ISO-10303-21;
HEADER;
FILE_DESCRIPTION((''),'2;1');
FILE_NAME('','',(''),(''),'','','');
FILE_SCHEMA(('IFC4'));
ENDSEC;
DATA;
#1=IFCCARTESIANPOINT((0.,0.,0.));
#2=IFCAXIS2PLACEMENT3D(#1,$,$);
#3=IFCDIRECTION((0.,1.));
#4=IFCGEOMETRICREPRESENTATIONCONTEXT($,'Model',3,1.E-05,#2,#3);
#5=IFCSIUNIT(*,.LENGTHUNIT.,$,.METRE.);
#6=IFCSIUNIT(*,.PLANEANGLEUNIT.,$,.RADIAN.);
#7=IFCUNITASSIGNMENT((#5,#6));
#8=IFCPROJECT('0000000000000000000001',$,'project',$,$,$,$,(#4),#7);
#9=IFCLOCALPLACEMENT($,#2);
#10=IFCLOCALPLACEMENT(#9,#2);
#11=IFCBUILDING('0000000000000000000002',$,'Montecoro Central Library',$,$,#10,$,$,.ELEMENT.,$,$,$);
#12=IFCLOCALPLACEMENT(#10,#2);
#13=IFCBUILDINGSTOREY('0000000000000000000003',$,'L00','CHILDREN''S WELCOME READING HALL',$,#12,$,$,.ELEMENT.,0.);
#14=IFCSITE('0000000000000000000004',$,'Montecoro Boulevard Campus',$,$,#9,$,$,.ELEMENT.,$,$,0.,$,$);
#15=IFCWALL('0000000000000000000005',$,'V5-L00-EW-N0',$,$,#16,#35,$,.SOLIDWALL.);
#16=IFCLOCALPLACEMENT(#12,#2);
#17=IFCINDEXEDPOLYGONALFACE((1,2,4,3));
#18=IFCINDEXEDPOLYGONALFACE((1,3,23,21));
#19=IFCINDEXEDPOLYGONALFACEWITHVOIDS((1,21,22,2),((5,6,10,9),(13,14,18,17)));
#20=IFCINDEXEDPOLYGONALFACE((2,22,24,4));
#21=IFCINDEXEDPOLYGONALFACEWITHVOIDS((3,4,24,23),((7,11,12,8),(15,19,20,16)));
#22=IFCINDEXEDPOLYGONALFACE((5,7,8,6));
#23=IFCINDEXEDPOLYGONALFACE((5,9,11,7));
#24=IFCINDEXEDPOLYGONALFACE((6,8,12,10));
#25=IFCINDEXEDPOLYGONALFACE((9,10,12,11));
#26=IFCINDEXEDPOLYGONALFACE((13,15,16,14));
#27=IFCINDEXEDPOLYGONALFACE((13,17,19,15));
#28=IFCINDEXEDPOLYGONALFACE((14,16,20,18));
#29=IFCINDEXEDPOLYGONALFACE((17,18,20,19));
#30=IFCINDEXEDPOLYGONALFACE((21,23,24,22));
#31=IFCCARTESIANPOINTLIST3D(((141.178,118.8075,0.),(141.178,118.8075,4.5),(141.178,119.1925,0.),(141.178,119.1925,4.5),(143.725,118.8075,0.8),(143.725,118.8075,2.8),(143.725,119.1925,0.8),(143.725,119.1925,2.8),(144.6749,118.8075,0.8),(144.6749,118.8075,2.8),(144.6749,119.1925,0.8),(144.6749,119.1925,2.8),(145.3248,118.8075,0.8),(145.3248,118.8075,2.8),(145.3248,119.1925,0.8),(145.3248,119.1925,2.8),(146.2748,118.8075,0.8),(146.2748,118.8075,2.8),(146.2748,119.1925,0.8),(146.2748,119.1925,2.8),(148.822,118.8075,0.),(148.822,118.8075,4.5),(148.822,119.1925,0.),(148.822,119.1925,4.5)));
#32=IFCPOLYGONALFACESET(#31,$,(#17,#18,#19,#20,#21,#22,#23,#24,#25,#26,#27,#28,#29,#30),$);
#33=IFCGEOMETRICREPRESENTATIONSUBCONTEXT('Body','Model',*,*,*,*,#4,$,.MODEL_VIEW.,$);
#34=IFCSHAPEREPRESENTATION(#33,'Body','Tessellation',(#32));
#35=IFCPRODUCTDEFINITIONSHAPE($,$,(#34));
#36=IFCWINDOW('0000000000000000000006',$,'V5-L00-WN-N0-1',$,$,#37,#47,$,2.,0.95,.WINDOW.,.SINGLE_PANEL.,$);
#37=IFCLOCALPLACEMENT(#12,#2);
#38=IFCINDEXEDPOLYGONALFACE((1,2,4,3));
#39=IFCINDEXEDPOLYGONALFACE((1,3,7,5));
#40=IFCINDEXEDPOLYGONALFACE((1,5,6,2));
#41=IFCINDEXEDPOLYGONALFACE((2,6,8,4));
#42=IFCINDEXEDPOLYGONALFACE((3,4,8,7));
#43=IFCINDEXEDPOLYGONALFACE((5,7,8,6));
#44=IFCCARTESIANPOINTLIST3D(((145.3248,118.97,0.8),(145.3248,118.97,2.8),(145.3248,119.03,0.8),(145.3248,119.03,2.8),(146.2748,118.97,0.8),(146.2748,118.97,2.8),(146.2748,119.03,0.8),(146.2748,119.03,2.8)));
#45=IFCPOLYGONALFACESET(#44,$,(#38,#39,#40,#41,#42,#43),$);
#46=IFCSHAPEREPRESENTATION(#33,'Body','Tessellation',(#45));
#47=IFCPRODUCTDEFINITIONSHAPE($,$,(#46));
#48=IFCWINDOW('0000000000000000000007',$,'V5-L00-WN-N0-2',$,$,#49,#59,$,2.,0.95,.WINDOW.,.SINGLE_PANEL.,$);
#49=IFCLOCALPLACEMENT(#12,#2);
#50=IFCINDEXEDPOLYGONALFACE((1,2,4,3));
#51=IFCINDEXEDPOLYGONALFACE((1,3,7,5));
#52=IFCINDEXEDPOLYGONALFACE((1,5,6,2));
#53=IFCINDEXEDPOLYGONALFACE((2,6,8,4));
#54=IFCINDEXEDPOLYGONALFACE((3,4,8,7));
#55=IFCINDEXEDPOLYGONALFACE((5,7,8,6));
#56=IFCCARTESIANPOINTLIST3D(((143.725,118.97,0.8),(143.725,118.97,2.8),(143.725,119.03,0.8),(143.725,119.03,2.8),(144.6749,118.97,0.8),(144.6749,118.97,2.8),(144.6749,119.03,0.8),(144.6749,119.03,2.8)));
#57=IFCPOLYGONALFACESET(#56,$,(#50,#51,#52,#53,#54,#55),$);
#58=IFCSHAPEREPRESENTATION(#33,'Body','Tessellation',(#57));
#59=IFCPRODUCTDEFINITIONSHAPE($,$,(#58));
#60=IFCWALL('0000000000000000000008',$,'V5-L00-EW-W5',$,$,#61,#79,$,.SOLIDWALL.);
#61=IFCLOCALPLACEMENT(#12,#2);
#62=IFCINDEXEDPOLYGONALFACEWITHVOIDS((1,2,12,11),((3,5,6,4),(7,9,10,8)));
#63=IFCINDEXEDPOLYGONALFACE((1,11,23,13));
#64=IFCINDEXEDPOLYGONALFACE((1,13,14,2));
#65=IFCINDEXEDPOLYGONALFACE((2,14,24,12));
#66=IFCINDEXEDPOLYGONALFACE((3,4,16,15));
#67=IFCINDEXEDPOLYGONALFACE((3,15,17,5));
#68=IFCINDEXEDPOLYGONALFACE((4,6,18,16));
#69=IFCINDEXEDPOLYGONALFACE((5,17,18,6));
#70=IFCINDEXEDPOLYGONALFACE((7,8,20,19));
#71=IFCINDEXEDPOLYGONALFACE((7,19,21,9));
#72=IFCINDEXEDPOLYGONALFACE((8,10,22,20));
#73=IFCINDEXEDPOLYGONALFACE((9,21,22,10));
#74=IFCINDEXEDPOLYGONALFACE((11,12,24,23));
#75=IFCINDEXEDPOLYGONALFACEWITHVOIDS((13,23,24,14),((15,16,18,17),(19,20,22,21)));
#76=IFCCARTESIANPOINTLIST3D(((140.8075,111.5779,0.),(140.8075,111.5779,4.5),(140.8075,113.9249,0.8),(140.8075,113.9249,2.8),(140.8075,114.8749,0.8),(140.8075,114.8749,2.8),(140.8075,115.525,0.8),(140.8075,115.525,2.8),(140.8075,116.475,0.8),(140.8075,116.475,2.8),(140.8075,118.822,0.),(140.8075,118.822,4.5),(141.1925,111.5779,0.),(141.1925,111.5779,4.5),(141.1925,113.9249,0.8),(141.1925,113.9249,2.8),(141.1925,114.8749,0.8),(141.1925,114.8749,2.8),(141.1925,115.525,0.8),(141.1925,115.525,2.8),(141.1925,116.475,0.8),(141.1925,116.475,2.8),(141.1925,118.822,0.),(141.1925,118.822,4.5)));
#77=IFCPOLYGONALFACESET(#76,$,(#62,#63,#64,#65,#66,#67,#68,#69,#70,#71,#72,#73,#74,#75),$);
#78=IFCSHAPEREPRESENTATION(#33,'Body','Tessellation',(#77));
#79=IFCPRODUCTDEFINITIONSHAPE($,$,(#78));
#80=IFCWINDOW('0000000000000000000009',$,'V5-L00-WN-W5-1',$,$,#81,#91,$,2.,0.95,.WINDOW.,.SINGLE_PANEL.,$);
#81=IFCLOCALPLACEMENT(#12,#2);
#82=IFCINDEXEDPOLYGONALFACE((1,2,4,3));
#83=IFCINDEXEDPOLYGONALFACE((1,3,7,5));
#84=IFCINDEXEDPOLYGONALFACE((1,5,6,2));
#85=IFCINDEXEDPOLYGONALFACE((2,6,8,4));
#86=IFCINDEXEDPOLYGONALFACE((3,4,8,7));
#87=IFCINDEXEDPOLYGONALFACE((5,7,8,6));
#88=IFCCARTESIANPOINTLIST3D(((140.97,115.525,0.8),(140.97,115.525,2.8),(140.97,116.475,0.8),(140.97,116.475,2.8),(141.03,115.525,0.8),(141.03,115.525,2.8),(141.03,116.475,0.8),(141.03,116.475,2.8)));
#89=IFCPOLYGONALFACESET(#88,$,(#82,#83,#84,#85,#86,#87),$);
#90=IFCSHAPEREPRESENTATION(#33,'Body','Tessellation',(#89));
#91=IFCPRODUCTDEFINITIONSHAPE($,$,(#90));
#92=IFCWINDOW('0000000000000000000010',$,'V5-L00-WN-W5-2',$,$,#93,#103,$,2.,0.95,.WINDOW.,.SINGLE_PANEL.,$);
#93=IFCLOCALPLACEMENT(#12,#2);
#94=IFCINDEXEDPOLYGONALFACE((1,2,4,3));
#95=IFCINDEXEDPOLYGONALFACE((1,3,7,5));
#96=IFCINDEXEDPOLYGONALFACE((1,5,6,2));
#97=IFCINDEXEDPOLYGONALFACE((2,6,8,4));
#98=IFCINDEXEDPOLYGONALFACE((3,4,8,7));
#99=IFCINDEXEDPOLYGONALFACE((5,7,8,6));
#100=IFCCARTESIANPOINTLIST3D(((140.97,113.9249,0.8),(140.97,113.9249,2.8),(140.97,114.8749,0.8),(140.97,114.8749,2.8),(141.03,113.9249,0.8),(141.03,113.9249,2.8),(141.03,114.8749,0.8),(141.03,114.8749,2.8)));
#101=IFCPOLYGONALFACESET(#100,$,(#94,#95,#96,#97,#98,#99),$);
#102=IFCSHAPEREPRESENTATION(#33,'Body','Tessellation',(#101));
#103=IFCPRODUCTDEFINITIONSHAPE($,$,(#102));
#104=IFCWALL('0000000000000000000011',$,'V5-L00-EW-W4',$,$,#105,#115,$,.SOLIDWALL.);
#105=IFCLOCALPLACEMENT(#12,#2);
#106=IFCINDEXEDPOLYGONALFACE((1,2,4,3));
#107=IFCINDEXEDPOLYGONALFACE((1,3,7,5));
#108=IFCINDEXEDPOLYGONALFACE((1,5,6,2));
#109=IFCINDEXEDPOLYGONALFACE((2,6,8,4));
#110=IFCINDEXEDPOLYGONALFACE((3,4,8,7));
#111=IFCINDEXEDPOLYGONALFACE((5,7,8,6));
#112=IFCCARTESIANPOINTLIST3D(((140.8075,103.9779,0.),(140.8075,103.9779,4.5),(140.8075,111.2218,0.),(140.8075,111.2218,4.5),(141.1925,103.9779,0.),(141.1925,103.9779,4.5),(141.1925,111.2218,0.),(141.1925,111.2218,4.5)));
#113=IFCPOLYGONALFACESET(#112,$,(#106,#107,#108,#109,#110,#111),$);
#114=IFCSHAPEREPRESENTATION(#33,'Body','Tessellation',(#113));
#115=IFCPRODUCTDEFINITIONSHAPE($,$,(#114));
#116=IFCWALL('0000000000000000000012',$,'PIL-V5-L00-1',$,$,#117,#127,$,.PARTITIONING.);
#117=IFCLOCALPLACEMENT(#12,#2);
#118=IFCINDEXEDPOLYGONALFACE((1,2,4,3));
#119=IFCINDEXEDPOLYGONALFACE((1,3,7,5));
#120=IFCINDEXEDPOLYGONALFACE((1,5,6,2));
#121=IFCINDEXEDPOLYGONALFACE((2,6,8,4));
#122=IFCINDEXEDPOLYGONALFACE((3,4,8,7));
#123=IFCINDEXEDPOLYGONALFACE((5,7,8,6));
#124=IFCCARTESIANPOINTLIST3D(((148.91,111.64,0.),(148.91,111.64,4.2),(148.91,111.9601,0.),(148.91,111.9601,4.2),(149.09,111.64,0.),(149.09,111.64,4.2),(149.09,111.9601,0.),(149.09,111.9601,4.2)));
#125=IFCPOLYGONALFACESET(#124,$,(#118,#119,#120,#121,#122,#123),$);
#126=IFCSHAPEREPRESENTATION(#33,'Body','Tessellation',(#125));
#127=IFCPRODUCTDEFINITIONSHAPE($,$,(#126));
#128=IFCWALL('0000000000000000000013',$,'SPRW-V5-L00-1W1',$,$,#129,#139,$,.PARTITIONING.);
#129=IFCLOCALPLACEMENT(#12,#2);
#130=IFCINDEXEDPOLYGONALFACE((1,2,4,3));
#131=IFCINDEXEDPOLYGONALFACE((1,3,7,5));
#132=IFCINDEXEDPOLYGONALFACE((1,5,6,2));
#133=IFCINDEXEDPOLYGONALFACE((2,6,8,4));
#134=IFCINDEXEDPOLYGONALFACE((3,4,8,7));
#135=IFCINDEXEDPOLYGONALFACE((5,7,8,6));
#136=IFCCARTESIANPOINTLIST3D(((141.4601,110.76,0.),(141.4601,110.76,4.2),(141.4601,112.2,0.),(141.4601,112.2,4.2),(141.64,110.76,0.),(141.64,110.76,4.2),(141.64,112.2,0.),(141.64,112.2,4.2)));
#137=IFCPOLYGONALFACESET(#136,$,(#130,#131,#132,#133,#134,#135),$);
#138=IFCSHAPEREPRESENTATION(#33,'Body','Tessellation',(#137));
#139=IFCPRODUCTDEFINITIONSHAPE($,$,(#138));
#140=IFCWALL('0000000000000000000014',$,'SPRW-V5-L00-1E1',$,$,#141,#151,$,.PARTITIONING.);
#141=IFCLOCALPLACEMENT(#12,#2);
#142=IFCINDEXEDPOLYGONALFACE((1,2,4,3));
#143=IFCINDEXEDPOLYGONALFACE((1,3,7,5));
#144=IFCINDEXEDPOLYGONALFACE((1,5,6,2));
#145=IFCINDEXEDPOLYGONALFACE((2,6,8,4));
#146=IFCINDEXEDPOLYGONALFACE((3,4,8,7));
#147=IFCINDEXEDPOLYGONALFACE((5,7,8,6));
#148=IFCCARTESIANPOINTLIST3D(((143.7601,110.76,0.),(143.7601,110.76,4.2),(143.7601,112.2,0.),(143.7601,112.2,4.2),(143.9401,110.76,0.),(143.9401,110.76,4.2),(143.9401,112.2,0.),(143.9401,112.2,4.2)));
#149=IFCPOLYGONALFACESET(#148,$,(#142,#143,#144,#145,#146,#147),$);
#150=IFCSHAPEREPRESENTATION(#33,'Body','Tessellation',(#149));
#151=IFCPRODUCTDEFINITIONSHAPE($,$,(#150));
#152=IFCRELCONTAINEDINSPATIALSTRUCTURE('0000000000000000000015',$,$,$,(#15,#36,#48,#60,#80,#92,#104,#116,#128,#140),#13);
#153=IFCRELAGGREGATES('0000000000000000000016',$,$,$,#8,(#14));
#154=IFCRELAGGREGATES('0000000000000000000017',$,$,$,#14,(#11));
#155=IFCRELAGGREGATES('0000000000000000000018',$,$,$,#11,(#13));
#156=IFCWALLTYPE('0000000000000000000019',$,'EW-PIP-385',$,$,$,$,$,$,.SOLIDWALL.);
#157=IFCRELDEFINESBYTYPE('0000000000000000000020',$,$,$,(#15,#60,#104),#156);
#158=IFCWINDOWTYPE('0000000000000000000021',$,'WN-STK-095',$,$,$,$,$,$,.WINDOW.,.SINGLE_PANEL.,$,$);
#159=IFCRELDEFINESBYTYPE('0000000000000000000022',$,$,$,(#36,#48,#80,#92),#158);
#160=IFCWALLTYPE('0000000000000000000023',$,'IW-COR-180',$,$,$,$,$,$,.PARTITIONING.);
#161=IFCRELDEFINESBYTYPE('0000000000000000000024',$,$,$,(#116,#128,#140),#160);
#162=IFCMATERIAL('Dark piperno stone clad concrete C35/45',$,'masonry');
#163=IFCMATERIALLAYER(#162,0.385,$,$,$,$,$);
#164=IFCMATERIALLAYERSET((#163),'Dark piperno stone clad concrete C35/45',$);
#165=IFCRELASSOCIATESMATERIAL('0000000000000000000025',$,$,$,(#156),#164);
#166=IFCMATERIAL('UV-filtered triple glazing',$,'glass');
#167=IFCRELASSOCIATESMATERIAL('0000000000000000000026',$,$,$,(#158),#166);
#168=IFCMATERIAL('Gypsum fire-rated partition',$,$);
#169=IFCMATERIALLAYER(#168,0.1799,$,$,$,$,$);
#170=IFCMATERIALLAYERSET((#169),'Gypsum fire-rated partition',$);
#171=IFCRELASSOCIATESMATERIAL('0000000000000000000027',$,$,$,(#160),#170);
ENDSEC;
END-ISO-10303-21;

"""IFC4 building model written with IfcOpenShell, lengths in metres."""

from ifc_helpers import new_model, si_unit, direction, frame, frame_2d, origin, place, context, subcontext, project, spatial, rectangle, extrude, material, layer, layer_set, type_object, element, fill, save


model = new_model("IFC4")

# Units and contexts
model_context = context("Model", 3, precision=1e-05, world=origin(), true_north=direction((0.0, 1.0)))
body_context = subcontext(model_context, "Body", "Model", "MODEL_VIEW")
ifc_project = project(units=[si_unit("LENGTHUNIT", "METRE"), si_unit("PLANEANGLEUNIT", "RADIAN")], contexts=[model_context])

# Site, building, storey
site_placement = place(None, origin())
site = spatial("IfcSite", under=ifc_project, at=site_placement, Name="Montecoro Boulevard Campus", CompositionType="ELEMENT", RefElevation=0.0)
building_placement = place(site_placement, origin())
building = spatial("IfcBuilding", under=site, at=building_placement, Name="Montecoro Central Library", CompositionType="ELEMENT")
storey_placement = place(building_placement, origin())
storey = spatial("IfcBuildingStorey", under=building, at=storey_placement, Name="L00", Description="CHILDREN'S WELCOME READING HALL", CompositionType="ELEMENT", Elevation=0.0)

# Walls, openings, windows
ifc_material_1 = material(Name="Dark piperno stone clad concrete C35/45", Category="masonry")
ifc_layer_1 = layer(ifc_material_1, 0.385)
ifc_layer_set_1 = layer_set([ifc_layer_1], Name="Dark piperno stone clad concrete C35/45")
wall_type_1 = type_object("IfcWallType", Name="EW-PIP-385", PredefinedType="SOLIDWALL", material=ifc_layer_set_1)
wall_1_placement = place(storey_placement, frame((148.822, 119.0, 0.0), z_axis=(0.0, 0.0, 1.0), x_axis=(-1.0, 0.0, 0.0)))
wall_1 = element("IfcWall", 1, at=wall_1_placement, inside=storey, type_object=wall_type_1, Name="V5-L00-EW-N0", PredefinedType="SOLIDWALL", context=body_context, shape_type="SweptSolid", body=[
    extrude(rectangle(XDim=7.644, YDim=0.385, at=frame_2d((3.822, 0.0))), origin(), (0.0, 0.0, 1.0), 4.5),
])
opening_1_placement = place(wall_1_placement, frame((2.5471, 0.0, 0.8)))
opening_1 = element("IfcOpeningElement", 2, at=opening_1_placement, cuts=wall_1, PredefinedType="OPENING", context=body_context, shape_type="SweptSolid", body=[
    extrude(rectangle(XDim=0.95, YDim=2.0, at=frame_2d((0.4751, 1.0))), frame((0.0, 0.2024, 0.0), z_axis=(0.0, -1.0, 0.0), x_axis=(1.0, 0.0, 0.0)), (0.0, 0.0, 1.0), 0.405),
])
opening_2_placement = place(wall_1_placement, frame((4.147, 0.0, 0.8)))
opening_2 = element("IfcOpeningElement", 3, at=opening_2_placement, cuts=wall_1, PredefinedType="OPENING", context=body_context, shape_type="SweptSolid", body=[
    extrude(rectangle(XDim=0.95, YDim=2.0, at=frame_2d((0.4751, 1.0))), frame((0.0, 0.2024, 0.0), z_axis=(0.0, -1.0, 0.0), x_axis=(1.0, 0.0, 0.0)), (0.0, 0.0, 1.0), 0.405),
])
ifc_material_2 = material(Name="UV-filtered triple glazing", Category="glass")
window_type = type_object("IfcWindowType", Name="WN-STK-095", PartitioningType="SINGLE_PANEL", PredefinedType="WINDOW", material=ifc_material_2)
window_1_placement = place(opening_1_placement, origin())
window_1 = element("IfcWindow", 4, at=window_1_placement, inside=storey, type_object=window_type, Name="V5-L00-WN-N0-1", OverallHeight=2.0, OverallWidth=0.95, PartitioningType="SINGLE_PANEL", PredefinedType="WINDOW", context=body_context, shape_type="SweptSolid", body=[
    extrude(rectangle(XDim=0.95, YDim=2.0, at=frame_2d((0.4751, 1.0))), frame((0.0, 0.03, 0.0), z_axis=(0.0, -1.0, 0.0), x_axis=(1.0, 0.0, 0.0)), (0.0, 0.0, 1.0), 0.0601),
])
fill(opening_1, window_1)
window_2_placement = place(opening_2_placement, origin())
window_2 = element("IfcWindow", 5, at=window_2_placement, inside=storey, type_object=window_type, Name="V5-L00-WN-N0-2", OverallHeight=2.0, OverallWidth=0.95, PartitioningType="SINGLE_PANEL", PredefinedType="WINDOW", context=body_context, shape_type="SweptSolid", body=[
    extrude(rectangle(XDim=0.95, YDim=2.0, at=frame_2d((0.4751, 1.0))), frame((0.0, 0.03, 0.0), z_axis=(0.0, -1.0, 0.0), x_axis=(1.0, 0.0, 0.0)), (0.0, 0.0, 1.0), 0.0601),
])
fill(opening_2, window_2)
wall_2_placement = place(storey_placement, frame((141.0, 118.822, 0.0), z_axis=(0.0, 0.0, 1.0), x_axis=(0.0, -1.0, 0.0)))
wall_2 = element("IfcWall", 6, at=wall_2_placement, inside=storey, type_object=wall_type_1, Name="V5-L00-EW-W5", PredefinedType="SOLIDWALL", context=body_context, shape_type="SweptSolid", body=[
    extrude(rectangle(XDim=7.2441, YDim=0.385, at=frame_2d((3.6221, 0.0))), origin(), (0.0, 0.0, 1.0), 4.5),
])
opening_3_placement = place(wall_2_placement, frame((2.3469, 0.0, 0.8)))
opening_3 = element("IfcOpeningElement", 7, at=opening_3_placement, cuts=wall_2, PredefinedType="OPENING", context=body_context, shape_type="SweptSolid", body=[
    extrude(rectangle(XDim=0.95, YDim=2.0, at=frame_2d((0.4751, 1.0))), frame((0.0, 0.2024, 0.0), z_axis=(0.0, -1.0, 0.0), x_axis=(1.0, 0.0, 0.0)), (0.0, 0.0, 1.0), 0.405),
])
opening_4_placement = place(wall_2_placement, frame((3.947, 0.0, 0.8)))
opening_4 = element("IfcOpeningElement", 8, at=opening_4_placement, cuts=wall_2, PredefinedType="OPENING", context=body_context, shape_type="SweptSolid", body=[
    extrude(rectangle(XDim=0.95, YDim=2.0, at=frame_2d((0.4751, 1.0))), frame((0.0, 0.2024, 0.0), z_axis=(0.0, -1.0, 0.0), x_axis=(1.0, 0.0, 0.0)), (0.0, 0.0, 1.0), 0.405),
])
window_3_placement = place(opening_3_placement, origin())
window_3 = element("IfcWindow", 9, at=window_3_placement, inside=storey, type_object=window_type, Name="V5-L00-WN-W5-1", OverallHeight=2.0, OverallWidth=0.95, PartitioningType="SINGLE_PANEL", PredefinedType="WINDOW", context=body_context, shape_type="SweptSolid", body=[
    extrude(rectangle(XDim=0.95, YDim=2.0, at=frame_2d((0.4751, 1.0))), frame((0.0, 0.03, 0.0), z_axis=(0.0, -1.0, 0.0), x_axis=(1.0, 0.0, 0.0)), (0.0, 0.0, 1.0), 0.0601),
])
fill(opening_3, window_3)
window_4_placement = place(opening_4_placement, origin())
window_4 = element("IfcWindow", 10, at=window_4_placement, inside=storey, type_object=window_type, Name="V5-L00-WN-W5-2", OverallHeight=2.0, OverallWidth=0.95, PartitioningType="SINGLE_PANEL", PredefinedType="WINDOW", context=body_context, shape_type="SweptSolid", body=[
    extrude(rectangle(XDim=0.95, YDim=2.0, at=frame_2d((0.4751, 1.0))), frame((0.0, 0.03, 0.0), z_axis=(0.0, -1.0, 0.0), x_axis=(1.0, 0.0, 0.0)), (0.0, 0.0, 1.0), 0.0601),
])
fill(opening_4, window_4)

# Walls
wall_3_placement = place(storey_placement, frame((141.0, 111.2219, 0.0), z_axis=(0.0, 0.0, 1.0), x_axis=(0.0, -1.0, 0.0)))
element("IfcWall", 11, at=wall_3_placement, inside=storey, type_object=wall_type_1, Name="V5-L00-EW-W4", PredefinedType="SOLIDWALL", context=body_context, shape_type="SweptSolid", body=[
    extrude(rectangle(XDim=7.2439, YDim=0.385, at=frame_2d((3.6221, 0.0))), origin(), (0.0, 0.0, 1.0), 4.5),
])
ifc_material_3 = material(Name="Gypsum fire-rated partition")
ifc_layer_2 = layer(ifc_material_3, 0.1799)
ifc_layer_set_2 = layer_set([ifc_layer_2], Name="Gypsum fire-rated partition")
wall_type_2 = type_object("IfcWallType", Name="IW-COR-180", PredefinedType="PARTITIONING", material=ifc_layer_set_2)
wall_4_placement = place(storey_placement, frame((149.0, 111.6399, 0.0), z_axis=(0.0, 0.0, 1.0), x_axis=(0.0, 1.0, 0.0)))
element("IfcWall", 12, at=wall_4_placement, inside=storey, type_object=wall_type_2, Name="PIL-V5-L00-1", PredefinedType="PARTITIONING", context=body_context, shape_type="SweptSolid", body=[
    extrude(rectangle(XDim=0.3201, YDim=0.1799, at=frame_2d((0.1602, 0.0))), origin(), (0.0, 0.0, 1.0), 4.2),
])
for number, where, z_axis, x_axis, name in (
    (13, (141.55, 110.76, 0.0), (0.0, 0.0, 1.0), (0.0, 1.0, 0.0), "SPRW-V5-L00-1W1"),
    (14, (143.8501, 110.76, 0.0), (0.0, 0.0, 1.0), (0.0, 1.0, 0.0), "SPRW-V5-L00-1E1"),
):
    element("IfcWall", number, at=place(storey_placement, frame(where, z_axis=z_axis, x_axis=x_axis)), inside=storey, type_object=wall_type_2, Name=name, PredefinedType="PARTITIONING", context=body_context, shape_type="SweptSolid", body=[
        extrude(rectangle(XDim=1.4399, YDim=0.1799, at=frame_2d((0.72, 0.0))), origin(), (0.0, 0.0, 1.0), 4.2),
    ])

save(model, "model.ifc")
